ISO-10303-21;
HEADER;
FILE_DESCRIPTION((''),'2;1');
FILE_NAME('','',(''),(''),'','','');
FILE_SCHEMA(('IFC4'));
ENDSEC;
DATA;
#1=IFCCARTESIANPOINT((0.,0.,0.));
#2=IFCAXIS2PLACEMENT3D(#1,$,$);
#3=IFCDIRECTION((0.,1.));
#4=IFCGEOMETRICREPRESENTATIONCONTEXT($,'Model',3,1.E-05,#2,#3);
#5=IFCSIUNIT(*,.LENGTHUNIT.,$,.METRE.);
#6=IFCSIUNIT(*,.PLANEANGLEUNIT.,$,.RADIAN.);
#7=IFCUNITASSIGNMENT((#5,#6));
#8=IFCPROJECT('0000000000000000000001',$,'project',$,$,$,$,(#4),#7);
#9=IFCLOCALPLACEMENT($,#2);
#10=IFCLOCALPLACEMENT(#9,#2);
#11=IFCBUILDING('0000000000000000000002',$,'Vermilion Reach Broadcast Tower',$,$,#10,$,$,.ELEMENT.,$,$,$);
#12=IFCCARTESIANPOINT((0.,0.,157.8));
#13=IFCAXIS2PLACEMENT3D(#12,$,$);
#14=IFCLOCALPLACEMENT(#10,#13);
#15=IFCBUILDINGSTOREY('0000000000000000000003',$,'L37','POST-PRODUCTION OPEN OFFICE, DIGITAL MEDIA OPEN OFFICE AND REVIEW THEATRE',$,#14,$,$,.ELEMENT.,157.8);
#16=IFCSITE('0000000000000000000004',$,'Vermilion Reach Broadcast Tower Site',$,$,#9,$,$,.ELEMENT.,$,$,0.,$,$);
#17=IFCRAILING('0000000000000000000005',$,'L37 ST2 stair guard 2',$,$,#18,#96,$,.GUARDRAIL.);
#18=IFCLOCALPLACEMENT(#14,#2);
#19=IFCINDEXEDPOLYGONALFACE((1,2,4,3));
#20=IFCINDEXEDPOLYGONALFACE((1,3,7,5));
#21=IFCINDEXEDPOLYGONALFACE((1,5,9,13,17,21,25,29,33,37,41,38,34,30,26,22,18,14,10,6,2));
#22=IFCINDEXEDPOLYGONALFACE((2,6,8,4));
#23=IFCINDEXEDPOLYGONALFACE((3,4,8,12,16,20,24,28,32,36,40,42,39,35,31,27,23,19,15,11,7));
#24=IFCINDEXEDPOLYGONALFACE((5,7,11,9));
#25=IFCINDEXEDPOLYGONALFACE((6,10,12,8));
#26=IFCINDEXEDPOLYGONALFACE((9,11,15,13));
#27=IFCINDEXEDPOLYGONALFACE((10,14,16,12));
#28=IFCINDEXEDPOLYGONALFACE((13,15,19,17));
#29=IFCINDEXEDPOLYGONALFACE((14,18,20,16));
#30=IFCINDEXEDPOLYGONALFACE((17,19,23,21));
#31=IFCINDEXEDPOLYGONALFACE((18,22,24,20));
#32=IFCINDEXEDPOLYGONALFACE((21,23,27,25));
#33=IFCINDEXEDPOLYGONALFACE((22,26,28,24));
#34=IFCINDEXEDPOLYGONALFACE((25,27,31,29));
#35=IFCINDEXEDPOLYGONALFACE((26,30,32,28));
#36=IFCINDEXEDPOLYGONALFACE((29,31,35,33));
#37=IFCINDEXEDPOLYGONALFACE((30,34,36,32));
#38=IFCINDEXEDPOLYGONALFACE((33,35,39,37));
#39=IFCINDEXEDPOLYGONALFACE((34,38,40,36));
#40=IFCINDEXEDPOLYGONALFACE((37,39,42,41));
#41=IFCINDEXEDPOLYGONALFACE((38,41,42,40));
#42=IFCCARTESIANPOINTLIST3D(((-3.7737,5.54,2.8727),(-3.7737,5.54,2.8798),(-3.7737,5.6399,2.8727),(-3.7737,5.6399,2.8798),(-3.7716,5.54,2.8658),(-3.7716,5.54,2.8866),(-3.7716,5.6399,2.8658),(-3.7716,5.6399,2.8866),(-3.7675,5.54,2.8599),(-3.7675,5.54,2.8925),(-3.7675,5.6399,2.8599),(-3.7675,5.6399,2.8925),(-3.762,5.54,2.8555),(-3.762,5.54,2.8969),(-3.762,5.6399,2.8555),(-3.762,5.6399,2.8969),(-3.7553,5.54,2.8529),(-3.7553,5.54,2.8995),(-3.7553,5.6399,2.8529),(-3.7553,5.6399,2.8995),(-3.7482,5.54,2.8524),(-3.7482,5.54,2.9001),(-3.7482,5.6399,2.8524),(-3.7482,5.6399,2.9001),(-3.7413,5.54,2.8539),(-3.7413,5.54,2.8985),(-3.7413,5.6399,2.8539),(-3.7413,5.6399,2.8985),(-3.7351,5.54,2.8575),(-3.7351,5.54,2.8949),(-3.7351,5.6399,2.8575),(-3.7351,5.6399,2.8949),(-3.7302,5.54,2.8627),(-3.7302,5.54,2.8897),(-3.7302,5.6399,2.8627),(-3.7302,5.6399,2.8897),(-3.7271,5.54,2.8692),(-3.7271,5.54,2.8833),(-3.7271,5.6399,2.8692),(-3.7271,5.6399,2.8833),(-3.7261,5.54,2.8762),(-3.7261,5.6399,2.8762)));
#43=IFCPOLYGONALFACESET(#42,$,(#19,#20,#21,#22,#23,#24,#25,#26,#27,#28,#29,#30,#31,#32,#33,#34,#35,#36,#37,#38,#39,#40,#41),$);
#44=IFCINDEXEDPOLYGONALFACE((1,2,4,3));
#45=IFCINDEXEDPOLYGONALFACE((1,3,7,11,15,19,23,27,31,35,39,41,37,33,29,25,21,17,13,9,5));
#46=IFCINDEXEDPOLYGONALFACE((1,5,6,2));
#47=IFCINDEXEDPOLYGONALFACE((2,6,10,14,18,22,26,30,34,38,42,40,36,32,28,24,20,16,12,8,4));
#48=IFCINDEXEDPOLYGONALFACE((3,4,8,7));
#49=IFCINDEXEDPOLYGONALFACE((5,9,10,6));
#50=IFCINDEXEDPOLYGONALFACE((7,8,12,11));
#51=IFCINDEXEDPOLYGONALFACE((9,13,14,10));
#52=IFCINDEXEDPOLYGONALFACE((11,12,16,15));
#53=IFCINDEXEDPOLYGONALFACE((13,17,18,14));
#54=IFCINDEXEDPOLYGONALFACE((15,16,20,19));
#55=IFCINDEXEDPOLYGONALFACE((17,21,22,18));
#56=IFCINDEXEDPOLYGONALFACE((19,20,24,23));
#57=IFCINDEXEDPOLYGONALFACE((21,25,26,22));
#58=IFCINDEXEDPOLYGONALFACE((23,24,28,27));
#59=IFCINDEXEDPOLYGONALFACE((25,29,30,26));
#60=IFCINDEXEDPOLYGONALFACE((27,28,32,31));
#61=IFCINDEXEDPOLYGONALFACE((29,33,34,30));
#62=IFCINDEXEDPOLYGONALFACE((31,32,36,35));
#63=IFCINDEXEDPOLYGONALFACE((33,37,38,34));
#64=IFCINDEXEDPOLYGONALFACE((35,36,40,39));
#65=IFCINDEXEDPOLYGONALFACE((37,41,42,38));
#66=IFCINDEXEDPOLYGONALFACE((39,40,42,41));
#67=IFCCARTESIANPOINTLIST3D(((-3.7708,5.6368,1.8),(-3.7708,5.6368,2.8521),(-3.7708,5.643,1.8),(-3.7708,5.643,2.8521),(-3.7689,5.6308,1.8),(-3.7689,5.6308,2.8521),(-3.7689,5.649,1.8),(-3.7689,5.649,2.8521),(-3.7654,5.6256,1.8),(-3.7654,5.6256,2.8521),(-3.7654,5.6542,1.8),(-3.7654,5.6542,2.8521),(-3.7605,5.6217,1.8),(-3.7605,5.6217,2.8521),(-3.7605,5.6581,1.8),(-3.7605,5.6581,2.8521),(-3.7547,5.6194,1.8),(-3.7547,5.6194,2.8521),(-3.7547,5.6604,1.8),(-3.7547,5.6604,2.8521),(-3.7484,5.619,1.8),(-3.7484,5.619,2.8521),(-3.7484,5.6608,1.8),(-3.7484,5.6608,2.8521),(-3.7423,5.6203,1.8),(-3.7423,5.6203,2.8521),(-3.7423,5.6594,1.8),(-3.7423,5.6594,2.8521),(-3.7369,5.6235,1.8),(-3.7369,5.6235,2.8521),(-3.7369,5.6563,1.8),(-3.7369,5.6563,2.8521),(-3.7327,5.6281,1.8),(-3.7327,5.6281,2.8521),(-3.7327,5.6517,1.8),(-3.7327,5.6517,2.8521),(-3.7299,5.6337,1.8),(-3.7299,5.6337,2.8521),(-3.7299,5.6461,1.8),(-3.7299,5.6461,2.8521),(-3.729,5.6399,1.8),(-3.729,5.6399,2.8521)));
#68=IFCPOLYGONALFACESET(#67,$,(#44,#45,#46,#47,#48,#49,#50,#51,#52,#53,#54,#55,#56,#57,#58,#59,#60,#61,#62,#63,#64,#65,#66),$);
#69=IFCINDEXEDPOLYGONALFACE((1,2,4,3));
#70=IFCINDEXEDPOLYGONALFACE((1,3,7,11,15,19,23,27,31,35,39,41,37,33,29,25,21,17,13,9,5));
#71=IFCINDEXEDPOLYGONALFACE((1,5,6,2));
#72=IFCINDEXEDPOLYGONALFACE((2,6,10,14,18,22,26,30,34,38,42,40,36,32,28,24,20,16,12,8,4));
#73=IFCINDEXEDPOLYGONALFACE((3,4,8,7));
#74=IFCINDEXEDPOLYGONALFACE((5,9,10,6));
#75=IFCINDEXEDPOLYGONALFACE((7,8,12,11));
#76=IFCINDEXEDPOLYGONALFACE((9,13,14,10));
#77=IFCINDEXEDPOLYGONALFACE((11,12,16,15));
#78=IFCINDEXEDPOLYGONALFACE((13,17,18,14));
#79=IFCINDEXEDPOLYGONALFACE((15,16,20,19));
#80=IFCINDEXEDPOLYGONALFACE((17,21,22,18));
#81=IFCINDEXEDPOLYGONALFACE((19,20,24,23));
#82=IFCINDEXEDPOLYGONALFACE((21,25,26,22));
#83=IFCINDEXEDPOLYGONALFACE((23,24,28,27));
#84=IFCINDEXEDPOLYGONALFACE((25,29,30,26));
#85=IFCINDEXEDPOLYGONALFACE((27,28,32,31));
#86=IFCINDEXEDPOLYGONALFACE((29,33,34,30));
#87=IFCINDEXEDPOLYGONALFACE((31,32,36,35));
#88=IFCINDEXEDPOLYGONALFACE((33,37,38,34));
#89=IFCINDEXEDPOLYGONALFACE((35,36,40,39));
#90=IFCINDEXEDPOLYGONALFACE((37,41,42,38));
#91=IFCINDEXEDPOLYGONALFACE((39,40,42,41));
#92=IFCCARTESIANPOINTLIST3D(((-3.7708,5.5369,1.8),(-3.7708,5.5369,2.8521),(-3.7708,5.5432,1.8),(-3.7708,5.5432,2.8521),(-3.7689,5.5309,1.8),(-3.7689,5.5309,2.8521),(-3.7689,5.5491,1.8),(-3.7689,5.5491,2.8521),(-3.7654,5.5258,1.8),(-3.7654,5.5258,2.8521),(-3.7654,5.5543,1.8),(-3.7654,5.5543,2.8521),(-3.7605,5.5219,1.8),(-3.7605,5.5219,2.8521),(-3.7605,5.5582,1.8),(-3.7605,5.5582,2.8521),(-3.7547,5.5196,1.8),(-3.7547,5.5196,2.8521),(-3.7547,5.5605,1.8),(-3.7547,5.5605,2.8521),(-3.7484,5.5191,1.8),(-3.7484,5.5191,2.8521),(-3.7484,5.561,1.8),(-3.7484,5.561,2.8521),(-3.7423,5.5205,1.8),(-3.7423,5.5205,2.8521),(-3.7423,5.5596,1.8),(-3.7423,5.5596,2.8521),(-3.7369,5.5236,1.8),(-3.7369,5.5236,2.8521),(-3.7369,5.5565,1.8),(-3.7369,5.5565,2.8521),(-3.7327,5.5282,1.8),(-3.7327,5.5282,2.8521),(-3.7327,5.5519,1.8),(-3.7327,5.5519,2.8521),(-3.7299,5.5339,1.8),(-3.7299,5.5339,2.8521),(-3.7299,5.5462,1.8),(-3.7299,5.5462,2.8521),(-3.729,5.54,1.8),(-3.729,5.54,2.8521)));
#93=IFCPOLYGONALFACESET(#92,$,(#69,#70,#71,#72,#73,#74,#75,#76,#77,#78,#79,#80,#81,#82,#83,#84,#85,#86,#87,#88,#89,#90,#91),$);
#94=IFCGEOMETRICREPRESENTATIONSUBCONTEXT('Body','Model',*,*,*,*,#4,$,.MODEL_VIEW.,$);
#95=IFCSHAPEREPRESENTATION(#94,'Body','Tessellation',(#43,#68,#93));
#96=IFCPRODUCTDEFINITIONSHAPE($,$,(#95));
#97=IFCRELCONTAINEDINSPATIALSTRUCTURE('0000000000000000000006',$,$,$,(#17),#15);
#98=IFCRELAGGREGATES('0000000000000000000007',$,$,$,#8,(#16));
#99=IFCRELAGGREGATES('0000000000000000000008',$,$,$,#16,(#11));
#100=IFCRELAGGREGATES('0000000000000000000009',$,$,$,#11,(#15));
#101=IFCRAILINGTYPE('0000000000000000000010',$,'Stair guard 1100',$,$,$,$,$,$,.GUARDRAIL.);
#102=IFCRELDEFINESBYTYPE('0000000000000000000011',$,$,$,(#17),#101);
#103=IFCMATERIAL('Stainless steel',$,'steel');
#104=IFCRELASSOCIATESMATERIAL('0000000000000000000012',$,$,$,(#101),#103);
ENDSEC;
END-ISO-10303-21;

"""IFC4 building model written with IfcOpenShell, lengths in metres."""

from ifc_helpers import new_model, si_unit, direction, frame, origin, origin_2d, place, context, subcontext, project, spatial, circle, extrude, material, type_object, element, save


model = new_model("IFC4")

# Units and contexts
model_context = context("Model", 3, precision=1e-05, world=origin(), true_north=direction((0.0, 1.0)))
body_context = subcontext(model_context, "Body", "Model", "MODEL_VIEW")
ifc_project = project(units=[si_unit("LENGTHUNIT", "METRE"), si_unit("PLANEANGLEUNIT", "RADIAN")], contexts=[model_context])

# Site, building, storey
site_placement = place(None, origin())
site = spatial("IfcSite", under=ifc_project, at=site_placement, Name="Vermilion Reach Broadcast Tower Site", CompositionType="ELEMENT", RefElevation=0.0)
building_placement = place(site_placement, origin())
building = spatial("IfcBuilding", under=site, at=building_placement, Name="Vermilion Reach Broadcast Tower", CompositionType="ELEMENT")
storey_placement = place(building_placement, frame((0.0, 0.0, 157.8)))
storey = spatial("IfcBuildingStorey", under=building, at=storey_placement, Name="L37", Description="POST-PRODUCTION OPEN OFFICE, DIGITAL MEDIA OPEN OFFICE AND REVIEW THEATRE", CompositionType="ELEMENT", Elevation=157.8)

# Railing
ifc_material_1 = material(Name="Stainless steel", Category="steel")
railing_type_1 = type_object("IfcRailingType", Name="Stair guard 1100", PredefinedType="GUARDRAIL", material=ifc_material_1)
railing_1_placement = place(storey_placement, frame((-3.75, 5.6399, 1.8)))
element("IfcRailing", 1, at=railing_1_placement, inside=storey, type_object=railing_type_1, Name="L37 ST2 stair guard 2", PredefinedType="GUARDRAIL", context=body_context, shape_type="SweptSolid", body=[
    extrude(circle(Radius=0.0239, at=origin_2d()), frame((0.0, 0.0, 1.0762), z_axis=(0.0, -1.0, 0.0), x_axis=(1.0, 0.0, 0.0)), (0.0, 0.0, 1.0), 0.0999),
    extrude(circle(Radius=0.021, at=origin_2d()), origin(), (0.0, 0.0, 1.0), 1.052),
    extrude(circle(Radius=0.021, at=origin_2d()), frame((0.0, -0.0999, 0.0)), (0.0, 0.0, 1.0), 1.052),
])

save(model, "model.ifc")
